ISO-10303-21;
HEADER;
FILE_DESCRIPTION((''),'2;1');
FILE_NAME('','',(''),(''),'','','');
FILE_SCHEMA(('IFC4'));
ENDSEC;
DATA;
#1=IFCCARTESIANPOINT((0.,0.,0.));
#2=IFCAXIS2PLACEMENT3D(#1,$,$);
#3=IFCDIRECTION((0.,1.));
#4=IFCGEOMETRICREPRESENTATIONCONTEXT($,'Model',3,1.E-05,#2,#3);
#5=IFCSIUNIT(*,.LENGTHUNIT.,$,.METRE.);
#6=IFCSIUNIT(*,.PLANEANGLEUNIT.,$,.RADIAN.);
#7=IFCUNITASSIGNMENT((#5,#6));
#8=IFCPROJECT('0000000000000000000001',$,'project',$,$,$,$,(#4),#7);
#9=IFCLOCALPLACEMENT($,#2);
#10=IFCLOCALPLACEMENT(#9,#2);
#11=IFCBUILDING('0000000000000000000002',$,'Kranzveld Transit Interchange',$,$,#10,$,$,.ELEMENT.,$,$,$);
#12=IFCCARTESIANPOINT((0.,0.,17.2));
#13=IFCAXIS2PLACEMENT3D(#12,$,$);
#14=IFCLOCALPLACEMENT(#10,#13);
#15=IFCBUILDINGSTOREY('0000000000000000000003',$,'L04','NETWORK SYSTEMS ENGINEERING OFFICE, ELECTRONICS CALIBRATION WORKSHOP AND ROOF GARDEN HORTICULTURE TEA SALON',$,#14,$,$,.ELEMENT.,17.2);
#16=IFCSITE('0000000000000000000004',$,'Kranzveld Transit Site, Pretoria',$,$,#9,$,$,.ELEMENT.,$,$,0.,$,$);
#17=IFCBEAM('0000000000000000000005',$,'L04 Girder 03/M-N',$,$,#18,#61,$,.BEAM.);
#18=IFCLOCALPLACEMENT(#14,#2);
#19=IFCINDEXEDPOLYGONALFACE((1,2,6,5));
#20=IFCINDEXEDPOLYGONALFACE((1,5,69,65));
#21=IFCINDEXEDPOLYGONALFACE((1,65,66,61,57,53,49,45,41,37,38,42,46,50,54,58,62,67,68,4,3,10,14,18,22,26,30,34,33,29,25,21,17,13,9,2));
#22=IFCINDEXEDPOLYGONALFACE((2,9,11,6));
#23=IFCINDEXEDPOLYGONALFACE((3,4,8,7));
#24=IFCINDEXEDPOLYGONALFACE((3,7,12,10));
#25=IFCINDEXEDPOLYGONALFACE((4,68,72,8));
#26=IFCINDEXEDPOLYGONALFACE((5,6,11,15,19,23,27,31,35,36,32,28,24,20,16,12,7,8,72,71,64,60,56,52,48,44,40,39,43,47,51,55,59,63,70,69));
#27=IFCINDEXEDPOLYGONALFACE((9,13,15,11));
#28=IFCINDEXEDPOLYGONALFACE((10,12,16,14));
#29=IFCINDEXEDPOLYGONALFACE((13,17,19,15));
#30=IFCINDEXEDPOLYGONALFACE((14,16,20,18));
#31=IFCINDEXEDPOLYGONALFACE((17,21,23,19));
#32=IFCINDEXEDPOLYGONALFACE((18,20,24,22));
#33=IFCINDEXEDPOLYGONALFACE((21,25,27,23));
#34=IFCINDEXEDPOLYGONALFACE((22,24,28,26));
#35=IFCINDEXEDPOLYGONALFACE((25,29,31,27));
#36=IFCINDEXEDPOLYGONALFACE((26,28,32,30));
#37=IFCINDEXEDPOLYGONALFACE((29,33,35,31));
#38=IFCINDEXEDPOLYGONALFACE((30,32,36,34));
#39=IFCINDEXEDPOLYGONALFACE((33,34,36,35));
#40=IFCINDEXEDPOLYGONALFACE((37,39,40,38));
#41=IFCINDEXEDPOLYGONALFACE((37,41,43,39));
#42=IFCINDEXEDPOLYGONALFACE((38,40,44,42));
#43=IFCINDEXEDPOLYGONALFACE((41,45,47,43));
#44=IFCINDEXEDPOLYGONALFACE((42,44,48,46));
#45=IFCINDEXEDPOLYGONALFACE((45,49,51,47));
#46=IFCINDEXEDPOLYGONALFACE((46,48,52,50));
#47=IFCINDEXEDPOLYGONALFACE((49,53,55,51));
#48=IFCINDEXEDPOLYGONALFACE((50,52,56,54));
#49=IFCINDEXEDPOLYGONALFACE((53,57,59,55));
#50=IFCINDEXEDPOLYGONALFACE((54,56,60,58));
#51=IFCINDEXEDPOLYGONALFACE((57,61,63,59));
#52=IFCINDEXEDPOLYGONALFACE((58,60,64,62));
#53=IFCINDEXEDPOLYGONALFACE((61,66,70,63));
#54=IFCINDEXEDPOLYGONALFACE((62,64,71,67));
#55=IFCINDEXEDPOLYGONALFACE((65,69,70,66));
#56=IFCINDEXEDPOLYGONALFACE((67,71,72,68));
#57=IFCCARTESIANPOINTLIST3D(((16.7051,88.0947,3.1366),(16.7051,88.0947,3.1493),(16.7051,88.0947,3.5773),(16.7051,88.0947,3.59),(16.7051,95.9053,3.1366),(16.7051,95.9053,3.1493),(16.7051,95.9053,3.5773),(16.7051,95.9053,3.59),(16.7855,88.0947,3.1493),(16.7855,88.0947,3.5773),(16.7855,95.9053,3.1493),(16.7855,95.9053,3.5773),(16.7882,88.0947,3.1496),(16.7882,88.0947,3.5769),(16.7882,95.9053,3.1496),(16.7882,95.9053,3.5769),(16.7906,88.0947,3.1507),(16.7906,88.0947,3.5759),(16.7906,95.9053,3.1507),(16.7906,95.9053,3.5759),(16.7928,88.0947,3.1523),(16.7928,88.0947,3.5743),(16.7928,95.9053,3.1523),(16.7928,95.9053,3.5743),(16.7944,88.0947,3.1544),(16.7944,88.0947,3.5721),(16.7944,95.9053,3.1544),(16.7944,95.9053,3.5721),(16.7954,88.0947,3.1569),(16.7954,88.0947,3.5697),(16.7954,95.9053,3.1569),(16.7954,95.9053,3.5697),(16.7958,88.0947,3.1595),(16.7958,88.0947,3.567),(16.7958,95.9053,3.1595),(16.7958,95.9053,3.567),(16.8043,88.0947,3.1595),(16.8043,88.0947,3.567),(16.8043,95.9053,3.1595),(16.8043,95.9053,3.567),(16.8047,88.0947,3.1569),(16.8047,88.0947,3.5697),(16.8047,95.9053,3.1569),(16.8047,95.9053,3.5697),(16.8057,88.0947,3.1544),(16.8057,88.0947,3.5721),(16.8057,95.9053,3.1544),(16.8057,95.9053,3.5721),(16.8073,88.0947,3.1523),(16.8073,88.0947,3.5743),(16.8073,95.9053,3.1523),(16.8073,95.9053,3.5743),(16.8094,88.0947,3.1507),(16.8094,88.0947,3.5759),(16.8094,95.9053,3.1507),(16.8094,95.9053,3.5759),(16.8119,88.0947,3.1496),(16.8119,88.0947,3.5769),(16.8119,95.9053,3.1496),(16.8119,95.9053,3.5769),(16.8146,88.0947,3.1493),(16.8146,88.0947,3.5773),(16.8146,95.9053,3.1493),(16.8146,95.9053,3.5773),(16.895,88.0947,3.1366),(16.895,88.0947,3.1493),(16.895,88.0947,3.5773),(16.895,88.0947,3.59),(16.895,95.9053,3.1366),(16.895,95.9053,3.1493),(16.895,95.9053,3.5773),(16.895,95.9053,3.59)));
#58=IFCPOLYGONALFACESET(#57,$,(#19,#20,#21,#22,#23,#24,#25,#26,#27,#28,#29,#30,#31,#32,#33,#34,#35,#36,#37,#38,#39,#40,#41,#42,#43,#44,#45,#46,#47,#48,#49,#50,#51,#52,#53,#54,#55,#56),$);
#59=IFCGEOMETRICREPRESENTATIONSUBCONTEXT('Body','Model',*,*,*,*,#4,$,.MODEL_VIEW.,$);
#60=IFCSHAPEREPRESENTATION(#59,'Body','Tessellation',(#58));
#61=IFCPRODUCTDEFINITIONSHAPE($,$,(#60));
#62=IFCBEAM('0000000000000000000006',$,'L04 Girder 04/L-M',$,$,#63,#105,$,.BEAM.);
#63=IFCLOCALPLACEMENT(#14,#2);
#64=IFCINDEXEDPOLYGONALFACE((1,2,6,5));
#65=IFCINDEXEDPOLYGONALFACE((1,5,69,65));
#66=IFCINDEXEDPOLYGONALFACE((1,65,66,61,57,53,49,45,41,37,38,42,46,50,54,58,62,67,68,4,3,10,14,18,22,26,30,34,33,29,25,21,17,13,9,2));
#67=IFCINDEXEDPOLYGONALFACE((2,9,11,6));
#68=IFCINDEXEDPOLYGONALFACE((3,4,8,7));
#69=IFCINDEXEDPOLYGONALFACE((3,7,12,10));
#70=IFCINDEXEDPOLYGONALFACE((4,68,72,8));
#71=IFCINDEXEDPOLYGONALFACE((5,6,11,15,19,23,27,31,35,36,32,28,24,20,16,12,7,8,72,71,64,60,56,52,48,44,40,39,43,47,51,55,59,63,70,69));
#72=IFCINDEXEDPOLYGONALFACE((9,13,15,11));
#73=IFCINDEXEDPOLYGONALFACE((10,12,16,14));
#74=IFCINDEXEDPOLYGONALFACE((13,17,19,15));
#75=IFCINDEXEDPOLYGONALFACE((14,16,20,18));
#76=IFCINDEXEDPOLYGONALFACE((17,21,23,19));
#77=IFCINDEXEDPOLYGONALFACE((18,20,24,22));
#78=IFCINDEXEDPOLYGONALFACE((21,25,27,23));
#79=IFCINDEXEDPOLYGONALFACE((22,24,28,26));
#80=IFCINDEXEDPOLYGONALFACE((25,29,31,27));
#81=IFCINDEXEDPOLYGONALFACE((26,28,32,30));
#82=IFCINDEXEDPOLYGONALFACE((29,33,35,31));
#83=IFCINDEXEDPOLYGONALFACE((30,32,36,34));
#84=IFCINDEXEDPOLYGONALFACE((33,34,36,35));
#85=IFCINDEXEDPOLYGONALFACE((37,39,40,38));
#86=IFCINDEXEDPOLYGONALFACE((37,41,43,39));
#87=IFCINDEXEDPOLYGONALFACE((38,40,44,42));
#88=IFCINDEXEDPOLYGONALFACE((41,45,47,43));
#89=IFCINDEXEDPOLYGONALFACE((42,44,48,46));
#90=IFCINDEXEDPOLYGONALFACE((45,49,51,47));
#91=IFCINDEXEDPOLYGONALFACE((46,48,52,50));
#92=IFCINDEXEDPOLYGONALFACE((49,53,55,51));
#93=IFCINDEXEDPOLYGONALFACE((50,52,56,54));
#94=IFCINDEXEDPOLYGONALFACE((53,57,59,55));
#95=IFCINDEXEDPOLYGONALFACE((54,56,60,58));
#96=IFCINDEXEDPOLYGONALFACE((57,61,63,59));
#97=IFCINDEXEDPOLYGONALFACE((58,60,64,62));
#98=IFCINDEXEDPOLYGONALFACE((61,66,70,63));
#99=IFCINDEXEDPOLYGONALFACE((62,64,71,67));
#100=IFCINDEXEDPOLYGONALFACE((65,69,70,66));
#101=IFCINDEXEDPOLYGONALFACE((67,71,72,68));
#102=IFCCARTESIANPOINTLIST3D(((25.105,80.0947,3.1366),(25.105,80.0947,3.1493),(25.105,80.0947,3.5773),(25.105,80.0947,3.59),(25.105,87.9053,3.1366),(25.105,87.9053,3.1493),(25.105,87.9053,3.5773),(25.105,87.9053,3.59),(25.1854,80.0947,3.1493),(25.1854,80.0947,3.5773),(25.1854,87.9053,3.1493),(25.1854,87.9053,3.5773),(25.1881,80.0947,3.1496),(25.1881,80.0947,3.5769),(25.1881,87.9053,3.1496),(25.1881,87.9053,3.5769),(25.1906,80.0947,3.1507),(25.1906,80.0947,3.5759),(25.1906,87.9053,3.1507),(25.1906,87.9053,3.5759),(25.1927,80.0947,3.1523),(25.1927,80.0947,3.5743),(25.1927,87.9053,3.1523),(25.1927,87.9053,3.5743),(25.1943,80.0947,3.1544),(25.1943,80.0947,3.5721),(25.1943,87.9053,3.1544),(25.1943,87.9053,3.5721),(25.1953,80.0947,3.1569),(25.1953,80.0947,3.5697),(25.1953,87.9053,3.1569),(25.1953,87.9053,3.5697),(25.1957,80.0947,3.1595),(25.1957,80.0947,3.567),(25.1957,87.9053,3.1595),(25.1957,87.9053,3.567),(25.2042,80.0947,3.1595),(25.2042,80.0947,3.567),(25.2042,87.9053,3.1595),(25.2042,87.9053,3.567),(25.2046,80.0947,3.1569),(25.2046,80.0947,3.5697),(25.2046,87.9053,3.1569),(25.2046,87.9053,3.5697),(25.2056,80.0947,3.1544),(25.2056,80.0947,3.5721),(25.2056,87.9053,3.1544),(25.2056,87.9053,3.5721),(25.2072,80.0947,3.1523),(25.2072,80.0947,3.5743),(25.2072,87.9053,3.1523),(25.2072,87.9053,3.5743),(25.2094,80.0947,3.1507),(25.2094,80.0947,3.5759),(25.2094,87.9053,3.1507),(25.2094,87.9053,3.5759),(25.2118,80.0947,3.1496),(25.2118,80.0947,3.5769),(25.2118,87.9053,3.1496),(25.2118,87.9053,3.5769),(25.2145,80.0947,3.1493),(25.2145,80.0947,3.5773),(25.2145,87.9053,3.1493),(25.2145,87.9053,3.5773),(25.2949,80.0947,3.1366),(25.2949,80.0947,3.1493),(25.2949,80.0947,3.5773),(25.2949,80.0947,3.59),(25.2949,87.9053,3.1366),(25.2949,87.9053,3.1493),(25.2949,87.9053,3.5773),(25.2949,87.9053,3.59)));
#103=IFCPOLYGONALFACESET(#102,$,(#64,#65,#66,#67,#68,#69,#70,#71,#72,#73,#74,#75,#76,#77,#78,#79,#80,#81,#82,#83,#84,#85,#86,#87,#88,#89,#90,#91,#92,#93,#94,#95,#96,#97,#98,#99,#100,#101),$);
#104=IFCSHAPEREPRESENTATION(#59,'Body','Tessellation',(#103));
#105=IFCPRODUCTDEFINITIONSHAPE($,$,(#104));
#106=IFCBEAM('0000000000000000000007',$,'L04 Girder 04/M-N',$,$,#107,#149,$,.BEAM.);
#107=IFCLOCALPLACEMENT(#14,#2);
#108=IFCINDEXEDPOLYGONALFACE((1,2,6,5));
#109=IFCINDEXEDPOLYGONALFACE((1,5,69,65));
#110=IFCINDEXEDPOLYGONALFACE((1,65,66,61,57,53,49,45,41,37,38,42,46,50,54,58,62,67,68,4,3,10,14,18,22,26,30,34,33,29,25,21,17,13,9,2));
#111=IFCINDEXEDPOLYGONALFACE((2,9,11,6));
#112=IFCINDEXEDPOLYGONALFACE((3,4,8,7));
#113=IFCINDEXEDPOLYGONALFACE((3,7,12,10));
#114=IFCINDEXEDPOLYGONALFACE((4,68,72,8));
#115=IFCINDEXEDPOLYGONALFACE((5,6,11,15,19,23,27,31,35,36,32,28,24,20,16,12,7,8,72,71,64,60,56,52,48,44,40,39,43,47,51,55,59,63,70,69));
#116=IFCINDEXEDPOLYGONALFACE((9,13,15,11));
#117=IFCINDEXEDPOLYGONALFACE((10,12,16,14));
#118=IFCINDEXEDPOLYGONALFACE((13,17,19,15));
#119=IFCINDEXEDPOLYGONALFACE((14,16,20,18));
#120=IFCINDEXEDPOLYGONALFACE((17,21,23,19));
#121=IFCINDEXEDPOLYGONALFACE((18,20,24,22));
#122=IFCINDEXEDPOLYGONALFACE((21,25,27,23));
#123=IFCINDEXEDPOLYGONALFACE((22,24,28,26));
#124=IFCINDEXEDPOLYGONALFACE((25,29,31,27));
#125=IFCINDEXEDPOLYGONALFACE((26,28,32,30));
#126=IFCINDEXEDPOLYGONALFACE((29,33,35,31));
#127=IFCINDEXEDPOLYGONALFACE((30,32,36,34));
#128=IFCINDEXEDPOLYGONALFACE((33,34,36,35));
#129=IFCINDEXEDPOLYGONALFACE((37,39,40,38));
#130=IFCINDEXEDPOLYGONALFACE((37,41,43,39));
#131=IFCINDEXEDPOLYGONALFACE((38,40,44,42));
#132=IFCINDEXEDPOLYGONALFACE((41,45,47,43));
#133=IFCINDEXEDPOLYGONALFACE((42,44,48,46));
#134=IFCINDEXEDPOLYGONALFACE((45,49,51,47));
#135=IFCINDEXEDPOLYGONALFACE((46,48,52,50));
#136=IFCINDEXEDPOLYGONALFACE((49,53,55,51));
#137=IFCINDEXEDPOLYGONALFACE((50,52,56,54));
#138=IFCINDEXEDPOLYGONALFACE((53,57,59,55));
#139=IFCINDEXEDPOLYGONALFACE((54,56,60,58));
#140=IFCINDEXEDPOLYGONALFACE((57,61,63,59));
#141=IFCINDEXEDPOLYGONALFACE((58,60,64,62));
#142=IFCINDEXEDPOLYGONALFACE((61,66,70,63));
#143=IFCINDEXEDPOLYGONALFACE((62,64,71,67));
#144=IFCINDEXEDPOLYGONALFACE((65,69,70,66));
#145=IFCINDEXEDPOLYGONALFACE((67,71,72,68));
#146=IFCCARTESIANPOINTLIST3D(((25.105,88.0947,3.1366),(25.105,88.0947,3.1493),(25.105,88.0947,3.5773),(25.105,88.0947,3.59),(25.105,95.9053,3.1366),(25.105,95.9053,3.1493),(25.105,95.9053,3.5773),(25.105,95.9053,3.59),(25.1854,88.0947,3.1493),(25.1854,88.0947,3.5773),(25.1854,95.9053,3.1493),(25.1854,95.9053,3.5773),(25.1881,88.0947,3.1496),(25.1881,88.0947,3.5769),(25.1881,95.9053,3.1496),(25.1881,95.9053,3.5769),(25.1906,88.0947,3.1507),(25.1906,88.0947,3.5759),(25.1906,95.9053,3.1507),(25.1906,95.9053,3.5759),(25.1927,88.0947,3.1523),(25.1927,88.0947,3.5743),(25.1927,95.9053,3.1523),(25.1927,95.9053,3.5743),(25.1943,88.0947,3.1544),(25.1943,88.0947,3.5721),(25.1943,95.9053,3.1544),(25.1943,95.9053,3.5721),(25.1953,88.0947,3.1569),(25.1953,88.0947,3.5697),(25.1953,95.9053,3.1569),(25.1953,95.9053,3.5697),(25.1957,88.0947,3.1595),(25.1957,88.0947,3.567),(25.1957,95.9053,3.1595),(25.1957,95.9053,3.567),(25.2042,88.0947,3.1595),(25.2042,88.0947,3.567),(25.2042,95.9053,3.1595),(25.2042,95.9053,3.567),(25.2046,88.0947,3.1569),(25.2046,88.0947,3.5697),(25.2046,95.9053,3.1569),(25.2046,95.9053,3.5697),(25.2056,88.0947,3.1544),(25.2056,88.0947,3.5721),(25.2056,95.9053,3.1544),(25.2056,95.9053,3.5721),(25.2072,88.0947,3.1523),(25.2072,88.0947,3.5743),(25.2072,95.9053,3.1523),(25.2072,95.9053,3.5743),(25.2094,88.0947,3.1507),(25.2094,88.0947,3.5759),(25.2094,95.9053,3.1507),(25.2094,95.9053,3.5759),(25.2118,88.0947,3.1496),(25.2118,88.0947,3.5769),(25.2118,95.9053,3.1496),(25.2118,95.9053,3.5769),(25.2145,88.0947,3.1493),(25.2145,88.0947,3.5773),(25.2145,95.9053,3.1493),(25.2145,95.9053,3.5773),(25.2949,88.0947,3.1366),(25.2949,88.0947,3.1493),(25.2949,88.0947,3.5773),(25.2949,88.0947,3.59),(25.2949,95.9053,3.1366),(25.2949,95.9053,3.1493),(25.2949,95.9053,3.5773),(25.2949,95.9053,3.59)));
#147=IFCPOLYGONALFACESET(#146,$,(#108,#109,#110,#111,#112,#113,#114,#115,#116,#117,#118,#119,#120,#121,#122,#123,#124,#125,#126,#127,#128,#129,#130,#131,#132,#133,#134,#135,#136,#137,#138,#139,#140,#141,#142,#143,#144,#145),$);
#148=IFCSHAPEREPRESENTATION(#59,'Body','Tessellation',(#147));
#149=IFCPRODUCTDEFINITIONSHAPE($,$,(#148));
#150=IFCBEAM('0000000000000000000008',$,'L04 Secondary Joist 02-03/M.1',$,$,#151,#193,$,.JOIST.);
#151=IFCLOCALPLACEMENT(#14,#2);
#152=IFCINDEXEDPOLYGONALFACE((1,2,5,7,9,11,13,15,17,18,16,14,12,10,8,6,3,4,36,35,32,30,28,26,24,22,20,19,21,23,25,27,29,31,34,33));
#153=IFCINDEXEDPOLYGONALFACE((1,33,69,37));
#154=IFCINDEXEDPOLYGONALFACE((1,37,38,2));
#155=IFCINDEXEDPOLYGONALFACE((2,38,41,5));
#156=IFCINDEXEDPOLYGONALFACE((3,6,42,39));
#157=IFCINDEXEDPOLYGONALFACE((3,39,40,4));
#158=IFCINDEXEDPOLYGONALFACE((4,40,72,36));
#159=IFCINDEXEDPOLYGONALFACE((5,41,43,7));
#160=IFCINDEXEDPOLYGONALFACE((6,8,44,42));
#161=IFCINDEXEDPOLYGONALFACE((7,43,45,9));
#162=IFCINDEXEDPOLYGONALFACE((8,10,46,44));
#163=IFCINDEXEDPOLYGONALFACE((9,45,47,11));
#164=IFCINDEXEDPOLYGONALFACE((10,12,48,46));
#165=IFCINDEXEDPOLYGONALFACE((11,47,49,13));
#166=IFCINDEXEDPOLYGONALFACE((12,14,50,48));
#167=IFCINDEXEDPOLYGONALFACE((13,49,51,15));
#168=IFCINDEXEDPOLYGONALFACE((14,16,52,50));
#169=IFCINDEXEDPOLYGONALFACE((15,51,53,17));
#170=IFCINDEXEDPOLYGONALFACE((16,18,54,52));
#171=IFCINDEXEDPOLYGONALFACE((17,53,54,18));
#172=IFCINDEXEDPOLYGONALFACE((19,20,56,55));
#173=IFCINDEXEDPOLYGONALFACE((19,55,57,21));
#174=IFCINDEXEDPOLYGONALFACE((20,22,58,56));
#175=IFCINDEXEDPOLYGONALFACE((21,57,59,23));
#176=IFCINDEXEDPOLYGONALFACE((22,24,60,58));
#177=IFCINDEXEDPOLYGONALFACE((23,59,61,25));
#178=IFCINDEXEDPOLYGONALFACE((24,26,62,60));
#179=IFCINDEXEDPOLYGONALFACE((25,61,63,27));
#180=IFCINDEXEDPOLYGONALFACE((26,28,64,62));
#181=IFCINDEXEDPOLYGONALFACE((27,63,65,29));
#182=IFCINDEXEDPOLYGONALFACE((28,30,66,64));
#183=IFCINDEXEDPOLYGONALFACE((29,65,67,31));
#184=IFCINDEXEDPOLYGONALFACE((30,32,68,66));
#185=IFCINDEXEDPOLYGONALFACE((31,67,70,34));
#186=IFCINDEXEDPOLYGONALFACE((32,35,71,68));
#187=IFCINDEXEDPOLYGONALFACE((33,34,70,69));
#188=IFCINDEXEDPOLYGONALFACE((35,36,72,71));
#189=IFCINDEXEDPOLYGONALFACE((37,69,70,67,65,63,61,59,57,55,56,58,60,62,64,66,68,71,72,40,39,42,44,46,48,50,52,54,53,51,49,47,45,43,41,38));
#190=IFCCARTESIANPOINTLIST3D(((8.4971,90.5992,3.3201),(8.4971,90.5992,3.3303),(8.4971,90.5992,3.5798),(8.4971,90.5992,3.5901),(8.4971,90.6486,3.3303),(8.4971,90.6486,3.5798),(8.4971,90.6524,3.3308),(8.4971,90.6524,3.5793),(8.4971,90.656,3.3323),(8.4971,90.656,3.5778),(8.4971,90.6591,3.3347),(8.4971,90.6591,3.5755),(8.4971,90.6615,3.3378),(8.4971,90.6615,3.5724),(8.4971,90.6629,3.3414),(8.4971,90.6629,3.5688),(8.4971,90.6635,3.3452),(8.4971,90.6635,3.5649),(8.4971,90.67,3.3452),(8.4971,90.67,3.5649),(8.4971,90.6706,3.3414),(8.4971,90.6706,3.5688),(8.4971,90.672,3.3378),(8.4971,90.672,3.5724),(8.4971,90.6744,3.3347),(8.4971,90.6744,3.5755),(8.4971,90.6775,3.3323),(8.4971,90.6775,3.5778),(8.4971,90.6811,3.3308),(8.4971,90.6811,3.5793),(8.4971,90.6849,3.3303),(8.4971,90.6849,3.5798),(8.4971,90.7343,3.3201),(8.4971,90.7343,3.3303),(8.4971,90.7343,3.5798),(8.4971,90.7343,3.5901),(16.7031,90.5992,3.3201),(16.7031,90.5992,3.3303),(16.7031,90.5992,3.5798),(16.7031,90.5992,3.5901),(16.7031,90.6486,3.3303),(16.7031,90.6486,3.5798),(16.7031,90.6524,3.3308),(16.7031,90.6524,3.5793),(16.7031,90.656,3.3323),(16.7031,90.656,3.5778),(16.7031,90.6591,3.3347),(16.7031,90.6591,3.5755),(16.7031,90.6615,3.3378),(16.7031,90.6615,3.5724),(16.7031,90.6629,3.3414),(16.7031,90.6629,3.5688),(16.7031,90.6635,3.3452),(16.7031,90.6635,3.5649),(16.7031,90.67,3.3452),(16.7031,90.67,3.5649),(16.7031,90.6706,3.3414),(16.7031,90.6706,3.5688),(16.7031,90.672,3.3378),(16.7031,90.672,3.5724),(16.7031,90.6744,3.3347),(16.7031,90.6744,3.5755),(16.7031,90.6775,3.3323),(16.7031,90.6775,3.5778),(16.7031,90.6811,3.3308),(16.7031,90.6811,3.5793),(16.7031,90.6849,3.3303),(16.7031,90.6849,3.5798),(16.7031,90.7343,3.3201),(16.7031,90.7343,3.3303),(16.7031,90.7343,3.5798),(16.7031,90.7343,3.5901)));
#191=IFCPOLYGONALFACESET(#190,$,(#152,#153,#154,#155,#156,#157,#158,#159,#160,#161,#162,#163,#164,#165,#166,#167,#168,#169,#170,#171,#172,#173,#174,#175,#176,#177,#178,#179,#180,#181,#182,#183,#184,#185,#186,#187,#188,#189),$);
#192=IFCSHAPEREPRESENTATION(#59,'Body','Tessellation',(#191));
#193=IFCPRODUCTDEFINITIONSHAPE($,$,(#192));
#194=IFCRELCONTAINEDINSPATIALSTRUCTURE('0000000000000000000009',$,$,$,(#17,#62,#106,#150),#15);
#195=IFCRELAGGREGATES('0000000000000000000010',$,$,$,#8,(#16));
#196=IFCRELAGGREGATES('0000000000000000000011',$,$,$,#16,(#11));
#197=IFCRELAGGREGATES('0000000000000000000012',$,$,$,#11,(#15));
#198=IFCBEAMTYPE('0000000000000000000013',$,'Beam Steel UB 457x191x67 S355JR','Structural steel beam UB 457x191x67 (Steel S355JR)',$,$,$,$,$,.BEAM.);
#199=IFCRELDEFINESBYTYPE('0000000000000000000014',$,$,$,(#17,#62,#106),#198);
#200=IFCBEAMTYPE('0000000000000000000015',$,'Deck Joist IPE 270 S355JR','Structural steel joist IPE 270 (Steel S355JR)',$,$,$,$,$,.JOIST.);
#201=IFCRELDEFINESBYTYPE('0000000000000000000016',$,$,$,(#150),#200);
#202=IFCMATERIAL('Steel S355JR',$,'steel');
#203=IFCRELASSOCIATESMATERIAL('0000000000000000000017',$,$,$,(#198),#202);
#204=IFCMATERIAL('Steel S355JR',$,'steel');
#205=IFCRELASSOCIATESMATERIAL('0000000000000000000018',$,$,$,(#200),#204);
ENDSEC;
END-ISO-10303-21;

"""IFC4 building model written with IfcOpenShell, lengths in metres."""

from ifc_helpers import new_model, si_unit, direction, frame, origin, origin_2d, place, context, subcontext, project, spatial, i_section, extrude, material, material_profile, profile_set, type_object, element, save


model = new_model("IFC4")

# Units and contexts
model_context = context("Model", 3, precision=1e-05, world=origin(), true_north=direction((0.0, 1.0)))
body_context = subcontext(model_context, "Body", "Model", "MODEL_VIEW")
ifc_project = project(units=[si_unit("LENGTHUNIT", "METRE"), si_unit("PLANEANGLEUNIT", "RADIAN")], contexts=[model_context])

# Site, building, storey
site_placement = place(None, origin())
site = spatial("IfcSite", under=ifc_project, at=site_placement, Name="Kranzveld Transit Site, Pretoria", CompositionType="ELEMENT", RefElevation=0.0)
building_placement = place(site_placement, origin())
building = spatial("IfcBuilding", under=site, at=building_placement, Name="Kranzveld Transit Interchange", CompositionType="ELEMENT")
storey_placement = place(building_placement, frame((0.0, 0.0, 17.2)))
storey = spatial("IfcBuildingStorey", under=building, at=storey_placement, Name="L04", Description="NETWORK SYSTEMS ENGINEERING OFFICE, ELECTRONICS CALIBRATION WORKSHOP AND ROOF GARDEN HORTICULTURE TEA SALON", CompositionType="ELEMENT", Elevation=17.2)

# Beams
ifc_material_1 = material(Name="Steel S355JR", Category="steel")
ifc_material_profile_1 = material_profile(ifc_material_1, i_section(OverallWidth=0.1899, OverallDepth=0.4534, WebThickness=0.0085, FlangeThickness=0.0127, FilletRadius=0.0103, at=origin_2d()), Name="UB 457x191x67")
ifc_profile_set_1 = profile_set([ifc_material_profile_1], Name="Steel S355JR")
beam_type_1 = type_object("IfcBeamType", Name="Beam Steel UB 457x191x67 S355JR", Description="Structural steel beam UB 457x191x67 (Steel S355JR)", PredefinedType="BEAM", material=ifc_profile_set_1)
for number, where, z_axis, x_axis, name in (
    (1, (16.8, 88.0947, 3.3633), (0.0, 1.0, 0.0), (-1.0, 0.0, 0.0), "L04 Girder 03/M-N"),
    (2, (25.2, 80.0947, 3.3633), (0.0, 1.0, 0.0), (-1.0, 0.0, 0.0), "L04 Girder 04/L-M"),
    (3, (25.2, 88.0947, 3.3633), (0.0, 1.0, 0.0), (-1.0, 0.0, 0.0), "L04 Girder 04/M-N"),
):
    element("IfcBeam", number, at=place(storey_placement, frame(where, z_axis=z_axis, x_axis=x_axis)), inside=storey, type_object=beam_type_1, Name=name, PredefinedType="BEAM", context=body_context, shape_type="SweptSolid", body=[
        extrude(i_section(OverallWidth=0.1899, OverallDepth=0.4534, WebThickness=0.0085, FlangeThickness=0.0127, FilletRadius=0.0103, at=origin_2d()), origin(), (0.0, 0.0, 1.0), 7.8105),
    ])
ifc_material_2 = material(Name="Steel S355JR", Category="steel")
ifc_material_profile_2 = material_profile(ifc_material_2, i_section(OverallWidth=0.135, OverallDepth=0.27, WebThickness=0.0066, FlangeThickness=0.0103, FilletRadius=0.0149, at=origin_2d()), Name="IPE 270")
ifc_profile_set_2 = profile_set([ifc_material_profile_2], Name="Steel S355JR")
beam_type_2 = type_object("IfcBeamType", Name="Deck Joist IPE 270 S355JR", Description="Structural steel joist IPE 270 (Steel S355JR)", PredefinedType="JOIST", material=ifc_profile_set_2)
for number, where, z_axis, x_axis, name in (
    (4, (8.4971, 90.6667, 3.4551), (1.0, 0.0, 0.0), (0.0, 1.0, 0.0), "L04 Secondary Joist 02-03/M.1"),
):
    element("IfcBeam", number, at=place(storey_placement, frame(where, z_axis=z_axis, x_axis=x_axis)), inside=storey, type_object=beam_type_2, Name=name, PredefinedType="JOIST", context=body_context, shape_type="SweptSolid", body=[
        extrude(i_section(OverallWidth=0.135, OverallDepth=0.27, WebThickness=0.0066, FlangeThickness=0.0103, FilletRadius=0.0149, at=origin_2d()), origin(), (0.0, 0.0, 1.0), 8.2061),
    ])

save(model, "model.ifc")
